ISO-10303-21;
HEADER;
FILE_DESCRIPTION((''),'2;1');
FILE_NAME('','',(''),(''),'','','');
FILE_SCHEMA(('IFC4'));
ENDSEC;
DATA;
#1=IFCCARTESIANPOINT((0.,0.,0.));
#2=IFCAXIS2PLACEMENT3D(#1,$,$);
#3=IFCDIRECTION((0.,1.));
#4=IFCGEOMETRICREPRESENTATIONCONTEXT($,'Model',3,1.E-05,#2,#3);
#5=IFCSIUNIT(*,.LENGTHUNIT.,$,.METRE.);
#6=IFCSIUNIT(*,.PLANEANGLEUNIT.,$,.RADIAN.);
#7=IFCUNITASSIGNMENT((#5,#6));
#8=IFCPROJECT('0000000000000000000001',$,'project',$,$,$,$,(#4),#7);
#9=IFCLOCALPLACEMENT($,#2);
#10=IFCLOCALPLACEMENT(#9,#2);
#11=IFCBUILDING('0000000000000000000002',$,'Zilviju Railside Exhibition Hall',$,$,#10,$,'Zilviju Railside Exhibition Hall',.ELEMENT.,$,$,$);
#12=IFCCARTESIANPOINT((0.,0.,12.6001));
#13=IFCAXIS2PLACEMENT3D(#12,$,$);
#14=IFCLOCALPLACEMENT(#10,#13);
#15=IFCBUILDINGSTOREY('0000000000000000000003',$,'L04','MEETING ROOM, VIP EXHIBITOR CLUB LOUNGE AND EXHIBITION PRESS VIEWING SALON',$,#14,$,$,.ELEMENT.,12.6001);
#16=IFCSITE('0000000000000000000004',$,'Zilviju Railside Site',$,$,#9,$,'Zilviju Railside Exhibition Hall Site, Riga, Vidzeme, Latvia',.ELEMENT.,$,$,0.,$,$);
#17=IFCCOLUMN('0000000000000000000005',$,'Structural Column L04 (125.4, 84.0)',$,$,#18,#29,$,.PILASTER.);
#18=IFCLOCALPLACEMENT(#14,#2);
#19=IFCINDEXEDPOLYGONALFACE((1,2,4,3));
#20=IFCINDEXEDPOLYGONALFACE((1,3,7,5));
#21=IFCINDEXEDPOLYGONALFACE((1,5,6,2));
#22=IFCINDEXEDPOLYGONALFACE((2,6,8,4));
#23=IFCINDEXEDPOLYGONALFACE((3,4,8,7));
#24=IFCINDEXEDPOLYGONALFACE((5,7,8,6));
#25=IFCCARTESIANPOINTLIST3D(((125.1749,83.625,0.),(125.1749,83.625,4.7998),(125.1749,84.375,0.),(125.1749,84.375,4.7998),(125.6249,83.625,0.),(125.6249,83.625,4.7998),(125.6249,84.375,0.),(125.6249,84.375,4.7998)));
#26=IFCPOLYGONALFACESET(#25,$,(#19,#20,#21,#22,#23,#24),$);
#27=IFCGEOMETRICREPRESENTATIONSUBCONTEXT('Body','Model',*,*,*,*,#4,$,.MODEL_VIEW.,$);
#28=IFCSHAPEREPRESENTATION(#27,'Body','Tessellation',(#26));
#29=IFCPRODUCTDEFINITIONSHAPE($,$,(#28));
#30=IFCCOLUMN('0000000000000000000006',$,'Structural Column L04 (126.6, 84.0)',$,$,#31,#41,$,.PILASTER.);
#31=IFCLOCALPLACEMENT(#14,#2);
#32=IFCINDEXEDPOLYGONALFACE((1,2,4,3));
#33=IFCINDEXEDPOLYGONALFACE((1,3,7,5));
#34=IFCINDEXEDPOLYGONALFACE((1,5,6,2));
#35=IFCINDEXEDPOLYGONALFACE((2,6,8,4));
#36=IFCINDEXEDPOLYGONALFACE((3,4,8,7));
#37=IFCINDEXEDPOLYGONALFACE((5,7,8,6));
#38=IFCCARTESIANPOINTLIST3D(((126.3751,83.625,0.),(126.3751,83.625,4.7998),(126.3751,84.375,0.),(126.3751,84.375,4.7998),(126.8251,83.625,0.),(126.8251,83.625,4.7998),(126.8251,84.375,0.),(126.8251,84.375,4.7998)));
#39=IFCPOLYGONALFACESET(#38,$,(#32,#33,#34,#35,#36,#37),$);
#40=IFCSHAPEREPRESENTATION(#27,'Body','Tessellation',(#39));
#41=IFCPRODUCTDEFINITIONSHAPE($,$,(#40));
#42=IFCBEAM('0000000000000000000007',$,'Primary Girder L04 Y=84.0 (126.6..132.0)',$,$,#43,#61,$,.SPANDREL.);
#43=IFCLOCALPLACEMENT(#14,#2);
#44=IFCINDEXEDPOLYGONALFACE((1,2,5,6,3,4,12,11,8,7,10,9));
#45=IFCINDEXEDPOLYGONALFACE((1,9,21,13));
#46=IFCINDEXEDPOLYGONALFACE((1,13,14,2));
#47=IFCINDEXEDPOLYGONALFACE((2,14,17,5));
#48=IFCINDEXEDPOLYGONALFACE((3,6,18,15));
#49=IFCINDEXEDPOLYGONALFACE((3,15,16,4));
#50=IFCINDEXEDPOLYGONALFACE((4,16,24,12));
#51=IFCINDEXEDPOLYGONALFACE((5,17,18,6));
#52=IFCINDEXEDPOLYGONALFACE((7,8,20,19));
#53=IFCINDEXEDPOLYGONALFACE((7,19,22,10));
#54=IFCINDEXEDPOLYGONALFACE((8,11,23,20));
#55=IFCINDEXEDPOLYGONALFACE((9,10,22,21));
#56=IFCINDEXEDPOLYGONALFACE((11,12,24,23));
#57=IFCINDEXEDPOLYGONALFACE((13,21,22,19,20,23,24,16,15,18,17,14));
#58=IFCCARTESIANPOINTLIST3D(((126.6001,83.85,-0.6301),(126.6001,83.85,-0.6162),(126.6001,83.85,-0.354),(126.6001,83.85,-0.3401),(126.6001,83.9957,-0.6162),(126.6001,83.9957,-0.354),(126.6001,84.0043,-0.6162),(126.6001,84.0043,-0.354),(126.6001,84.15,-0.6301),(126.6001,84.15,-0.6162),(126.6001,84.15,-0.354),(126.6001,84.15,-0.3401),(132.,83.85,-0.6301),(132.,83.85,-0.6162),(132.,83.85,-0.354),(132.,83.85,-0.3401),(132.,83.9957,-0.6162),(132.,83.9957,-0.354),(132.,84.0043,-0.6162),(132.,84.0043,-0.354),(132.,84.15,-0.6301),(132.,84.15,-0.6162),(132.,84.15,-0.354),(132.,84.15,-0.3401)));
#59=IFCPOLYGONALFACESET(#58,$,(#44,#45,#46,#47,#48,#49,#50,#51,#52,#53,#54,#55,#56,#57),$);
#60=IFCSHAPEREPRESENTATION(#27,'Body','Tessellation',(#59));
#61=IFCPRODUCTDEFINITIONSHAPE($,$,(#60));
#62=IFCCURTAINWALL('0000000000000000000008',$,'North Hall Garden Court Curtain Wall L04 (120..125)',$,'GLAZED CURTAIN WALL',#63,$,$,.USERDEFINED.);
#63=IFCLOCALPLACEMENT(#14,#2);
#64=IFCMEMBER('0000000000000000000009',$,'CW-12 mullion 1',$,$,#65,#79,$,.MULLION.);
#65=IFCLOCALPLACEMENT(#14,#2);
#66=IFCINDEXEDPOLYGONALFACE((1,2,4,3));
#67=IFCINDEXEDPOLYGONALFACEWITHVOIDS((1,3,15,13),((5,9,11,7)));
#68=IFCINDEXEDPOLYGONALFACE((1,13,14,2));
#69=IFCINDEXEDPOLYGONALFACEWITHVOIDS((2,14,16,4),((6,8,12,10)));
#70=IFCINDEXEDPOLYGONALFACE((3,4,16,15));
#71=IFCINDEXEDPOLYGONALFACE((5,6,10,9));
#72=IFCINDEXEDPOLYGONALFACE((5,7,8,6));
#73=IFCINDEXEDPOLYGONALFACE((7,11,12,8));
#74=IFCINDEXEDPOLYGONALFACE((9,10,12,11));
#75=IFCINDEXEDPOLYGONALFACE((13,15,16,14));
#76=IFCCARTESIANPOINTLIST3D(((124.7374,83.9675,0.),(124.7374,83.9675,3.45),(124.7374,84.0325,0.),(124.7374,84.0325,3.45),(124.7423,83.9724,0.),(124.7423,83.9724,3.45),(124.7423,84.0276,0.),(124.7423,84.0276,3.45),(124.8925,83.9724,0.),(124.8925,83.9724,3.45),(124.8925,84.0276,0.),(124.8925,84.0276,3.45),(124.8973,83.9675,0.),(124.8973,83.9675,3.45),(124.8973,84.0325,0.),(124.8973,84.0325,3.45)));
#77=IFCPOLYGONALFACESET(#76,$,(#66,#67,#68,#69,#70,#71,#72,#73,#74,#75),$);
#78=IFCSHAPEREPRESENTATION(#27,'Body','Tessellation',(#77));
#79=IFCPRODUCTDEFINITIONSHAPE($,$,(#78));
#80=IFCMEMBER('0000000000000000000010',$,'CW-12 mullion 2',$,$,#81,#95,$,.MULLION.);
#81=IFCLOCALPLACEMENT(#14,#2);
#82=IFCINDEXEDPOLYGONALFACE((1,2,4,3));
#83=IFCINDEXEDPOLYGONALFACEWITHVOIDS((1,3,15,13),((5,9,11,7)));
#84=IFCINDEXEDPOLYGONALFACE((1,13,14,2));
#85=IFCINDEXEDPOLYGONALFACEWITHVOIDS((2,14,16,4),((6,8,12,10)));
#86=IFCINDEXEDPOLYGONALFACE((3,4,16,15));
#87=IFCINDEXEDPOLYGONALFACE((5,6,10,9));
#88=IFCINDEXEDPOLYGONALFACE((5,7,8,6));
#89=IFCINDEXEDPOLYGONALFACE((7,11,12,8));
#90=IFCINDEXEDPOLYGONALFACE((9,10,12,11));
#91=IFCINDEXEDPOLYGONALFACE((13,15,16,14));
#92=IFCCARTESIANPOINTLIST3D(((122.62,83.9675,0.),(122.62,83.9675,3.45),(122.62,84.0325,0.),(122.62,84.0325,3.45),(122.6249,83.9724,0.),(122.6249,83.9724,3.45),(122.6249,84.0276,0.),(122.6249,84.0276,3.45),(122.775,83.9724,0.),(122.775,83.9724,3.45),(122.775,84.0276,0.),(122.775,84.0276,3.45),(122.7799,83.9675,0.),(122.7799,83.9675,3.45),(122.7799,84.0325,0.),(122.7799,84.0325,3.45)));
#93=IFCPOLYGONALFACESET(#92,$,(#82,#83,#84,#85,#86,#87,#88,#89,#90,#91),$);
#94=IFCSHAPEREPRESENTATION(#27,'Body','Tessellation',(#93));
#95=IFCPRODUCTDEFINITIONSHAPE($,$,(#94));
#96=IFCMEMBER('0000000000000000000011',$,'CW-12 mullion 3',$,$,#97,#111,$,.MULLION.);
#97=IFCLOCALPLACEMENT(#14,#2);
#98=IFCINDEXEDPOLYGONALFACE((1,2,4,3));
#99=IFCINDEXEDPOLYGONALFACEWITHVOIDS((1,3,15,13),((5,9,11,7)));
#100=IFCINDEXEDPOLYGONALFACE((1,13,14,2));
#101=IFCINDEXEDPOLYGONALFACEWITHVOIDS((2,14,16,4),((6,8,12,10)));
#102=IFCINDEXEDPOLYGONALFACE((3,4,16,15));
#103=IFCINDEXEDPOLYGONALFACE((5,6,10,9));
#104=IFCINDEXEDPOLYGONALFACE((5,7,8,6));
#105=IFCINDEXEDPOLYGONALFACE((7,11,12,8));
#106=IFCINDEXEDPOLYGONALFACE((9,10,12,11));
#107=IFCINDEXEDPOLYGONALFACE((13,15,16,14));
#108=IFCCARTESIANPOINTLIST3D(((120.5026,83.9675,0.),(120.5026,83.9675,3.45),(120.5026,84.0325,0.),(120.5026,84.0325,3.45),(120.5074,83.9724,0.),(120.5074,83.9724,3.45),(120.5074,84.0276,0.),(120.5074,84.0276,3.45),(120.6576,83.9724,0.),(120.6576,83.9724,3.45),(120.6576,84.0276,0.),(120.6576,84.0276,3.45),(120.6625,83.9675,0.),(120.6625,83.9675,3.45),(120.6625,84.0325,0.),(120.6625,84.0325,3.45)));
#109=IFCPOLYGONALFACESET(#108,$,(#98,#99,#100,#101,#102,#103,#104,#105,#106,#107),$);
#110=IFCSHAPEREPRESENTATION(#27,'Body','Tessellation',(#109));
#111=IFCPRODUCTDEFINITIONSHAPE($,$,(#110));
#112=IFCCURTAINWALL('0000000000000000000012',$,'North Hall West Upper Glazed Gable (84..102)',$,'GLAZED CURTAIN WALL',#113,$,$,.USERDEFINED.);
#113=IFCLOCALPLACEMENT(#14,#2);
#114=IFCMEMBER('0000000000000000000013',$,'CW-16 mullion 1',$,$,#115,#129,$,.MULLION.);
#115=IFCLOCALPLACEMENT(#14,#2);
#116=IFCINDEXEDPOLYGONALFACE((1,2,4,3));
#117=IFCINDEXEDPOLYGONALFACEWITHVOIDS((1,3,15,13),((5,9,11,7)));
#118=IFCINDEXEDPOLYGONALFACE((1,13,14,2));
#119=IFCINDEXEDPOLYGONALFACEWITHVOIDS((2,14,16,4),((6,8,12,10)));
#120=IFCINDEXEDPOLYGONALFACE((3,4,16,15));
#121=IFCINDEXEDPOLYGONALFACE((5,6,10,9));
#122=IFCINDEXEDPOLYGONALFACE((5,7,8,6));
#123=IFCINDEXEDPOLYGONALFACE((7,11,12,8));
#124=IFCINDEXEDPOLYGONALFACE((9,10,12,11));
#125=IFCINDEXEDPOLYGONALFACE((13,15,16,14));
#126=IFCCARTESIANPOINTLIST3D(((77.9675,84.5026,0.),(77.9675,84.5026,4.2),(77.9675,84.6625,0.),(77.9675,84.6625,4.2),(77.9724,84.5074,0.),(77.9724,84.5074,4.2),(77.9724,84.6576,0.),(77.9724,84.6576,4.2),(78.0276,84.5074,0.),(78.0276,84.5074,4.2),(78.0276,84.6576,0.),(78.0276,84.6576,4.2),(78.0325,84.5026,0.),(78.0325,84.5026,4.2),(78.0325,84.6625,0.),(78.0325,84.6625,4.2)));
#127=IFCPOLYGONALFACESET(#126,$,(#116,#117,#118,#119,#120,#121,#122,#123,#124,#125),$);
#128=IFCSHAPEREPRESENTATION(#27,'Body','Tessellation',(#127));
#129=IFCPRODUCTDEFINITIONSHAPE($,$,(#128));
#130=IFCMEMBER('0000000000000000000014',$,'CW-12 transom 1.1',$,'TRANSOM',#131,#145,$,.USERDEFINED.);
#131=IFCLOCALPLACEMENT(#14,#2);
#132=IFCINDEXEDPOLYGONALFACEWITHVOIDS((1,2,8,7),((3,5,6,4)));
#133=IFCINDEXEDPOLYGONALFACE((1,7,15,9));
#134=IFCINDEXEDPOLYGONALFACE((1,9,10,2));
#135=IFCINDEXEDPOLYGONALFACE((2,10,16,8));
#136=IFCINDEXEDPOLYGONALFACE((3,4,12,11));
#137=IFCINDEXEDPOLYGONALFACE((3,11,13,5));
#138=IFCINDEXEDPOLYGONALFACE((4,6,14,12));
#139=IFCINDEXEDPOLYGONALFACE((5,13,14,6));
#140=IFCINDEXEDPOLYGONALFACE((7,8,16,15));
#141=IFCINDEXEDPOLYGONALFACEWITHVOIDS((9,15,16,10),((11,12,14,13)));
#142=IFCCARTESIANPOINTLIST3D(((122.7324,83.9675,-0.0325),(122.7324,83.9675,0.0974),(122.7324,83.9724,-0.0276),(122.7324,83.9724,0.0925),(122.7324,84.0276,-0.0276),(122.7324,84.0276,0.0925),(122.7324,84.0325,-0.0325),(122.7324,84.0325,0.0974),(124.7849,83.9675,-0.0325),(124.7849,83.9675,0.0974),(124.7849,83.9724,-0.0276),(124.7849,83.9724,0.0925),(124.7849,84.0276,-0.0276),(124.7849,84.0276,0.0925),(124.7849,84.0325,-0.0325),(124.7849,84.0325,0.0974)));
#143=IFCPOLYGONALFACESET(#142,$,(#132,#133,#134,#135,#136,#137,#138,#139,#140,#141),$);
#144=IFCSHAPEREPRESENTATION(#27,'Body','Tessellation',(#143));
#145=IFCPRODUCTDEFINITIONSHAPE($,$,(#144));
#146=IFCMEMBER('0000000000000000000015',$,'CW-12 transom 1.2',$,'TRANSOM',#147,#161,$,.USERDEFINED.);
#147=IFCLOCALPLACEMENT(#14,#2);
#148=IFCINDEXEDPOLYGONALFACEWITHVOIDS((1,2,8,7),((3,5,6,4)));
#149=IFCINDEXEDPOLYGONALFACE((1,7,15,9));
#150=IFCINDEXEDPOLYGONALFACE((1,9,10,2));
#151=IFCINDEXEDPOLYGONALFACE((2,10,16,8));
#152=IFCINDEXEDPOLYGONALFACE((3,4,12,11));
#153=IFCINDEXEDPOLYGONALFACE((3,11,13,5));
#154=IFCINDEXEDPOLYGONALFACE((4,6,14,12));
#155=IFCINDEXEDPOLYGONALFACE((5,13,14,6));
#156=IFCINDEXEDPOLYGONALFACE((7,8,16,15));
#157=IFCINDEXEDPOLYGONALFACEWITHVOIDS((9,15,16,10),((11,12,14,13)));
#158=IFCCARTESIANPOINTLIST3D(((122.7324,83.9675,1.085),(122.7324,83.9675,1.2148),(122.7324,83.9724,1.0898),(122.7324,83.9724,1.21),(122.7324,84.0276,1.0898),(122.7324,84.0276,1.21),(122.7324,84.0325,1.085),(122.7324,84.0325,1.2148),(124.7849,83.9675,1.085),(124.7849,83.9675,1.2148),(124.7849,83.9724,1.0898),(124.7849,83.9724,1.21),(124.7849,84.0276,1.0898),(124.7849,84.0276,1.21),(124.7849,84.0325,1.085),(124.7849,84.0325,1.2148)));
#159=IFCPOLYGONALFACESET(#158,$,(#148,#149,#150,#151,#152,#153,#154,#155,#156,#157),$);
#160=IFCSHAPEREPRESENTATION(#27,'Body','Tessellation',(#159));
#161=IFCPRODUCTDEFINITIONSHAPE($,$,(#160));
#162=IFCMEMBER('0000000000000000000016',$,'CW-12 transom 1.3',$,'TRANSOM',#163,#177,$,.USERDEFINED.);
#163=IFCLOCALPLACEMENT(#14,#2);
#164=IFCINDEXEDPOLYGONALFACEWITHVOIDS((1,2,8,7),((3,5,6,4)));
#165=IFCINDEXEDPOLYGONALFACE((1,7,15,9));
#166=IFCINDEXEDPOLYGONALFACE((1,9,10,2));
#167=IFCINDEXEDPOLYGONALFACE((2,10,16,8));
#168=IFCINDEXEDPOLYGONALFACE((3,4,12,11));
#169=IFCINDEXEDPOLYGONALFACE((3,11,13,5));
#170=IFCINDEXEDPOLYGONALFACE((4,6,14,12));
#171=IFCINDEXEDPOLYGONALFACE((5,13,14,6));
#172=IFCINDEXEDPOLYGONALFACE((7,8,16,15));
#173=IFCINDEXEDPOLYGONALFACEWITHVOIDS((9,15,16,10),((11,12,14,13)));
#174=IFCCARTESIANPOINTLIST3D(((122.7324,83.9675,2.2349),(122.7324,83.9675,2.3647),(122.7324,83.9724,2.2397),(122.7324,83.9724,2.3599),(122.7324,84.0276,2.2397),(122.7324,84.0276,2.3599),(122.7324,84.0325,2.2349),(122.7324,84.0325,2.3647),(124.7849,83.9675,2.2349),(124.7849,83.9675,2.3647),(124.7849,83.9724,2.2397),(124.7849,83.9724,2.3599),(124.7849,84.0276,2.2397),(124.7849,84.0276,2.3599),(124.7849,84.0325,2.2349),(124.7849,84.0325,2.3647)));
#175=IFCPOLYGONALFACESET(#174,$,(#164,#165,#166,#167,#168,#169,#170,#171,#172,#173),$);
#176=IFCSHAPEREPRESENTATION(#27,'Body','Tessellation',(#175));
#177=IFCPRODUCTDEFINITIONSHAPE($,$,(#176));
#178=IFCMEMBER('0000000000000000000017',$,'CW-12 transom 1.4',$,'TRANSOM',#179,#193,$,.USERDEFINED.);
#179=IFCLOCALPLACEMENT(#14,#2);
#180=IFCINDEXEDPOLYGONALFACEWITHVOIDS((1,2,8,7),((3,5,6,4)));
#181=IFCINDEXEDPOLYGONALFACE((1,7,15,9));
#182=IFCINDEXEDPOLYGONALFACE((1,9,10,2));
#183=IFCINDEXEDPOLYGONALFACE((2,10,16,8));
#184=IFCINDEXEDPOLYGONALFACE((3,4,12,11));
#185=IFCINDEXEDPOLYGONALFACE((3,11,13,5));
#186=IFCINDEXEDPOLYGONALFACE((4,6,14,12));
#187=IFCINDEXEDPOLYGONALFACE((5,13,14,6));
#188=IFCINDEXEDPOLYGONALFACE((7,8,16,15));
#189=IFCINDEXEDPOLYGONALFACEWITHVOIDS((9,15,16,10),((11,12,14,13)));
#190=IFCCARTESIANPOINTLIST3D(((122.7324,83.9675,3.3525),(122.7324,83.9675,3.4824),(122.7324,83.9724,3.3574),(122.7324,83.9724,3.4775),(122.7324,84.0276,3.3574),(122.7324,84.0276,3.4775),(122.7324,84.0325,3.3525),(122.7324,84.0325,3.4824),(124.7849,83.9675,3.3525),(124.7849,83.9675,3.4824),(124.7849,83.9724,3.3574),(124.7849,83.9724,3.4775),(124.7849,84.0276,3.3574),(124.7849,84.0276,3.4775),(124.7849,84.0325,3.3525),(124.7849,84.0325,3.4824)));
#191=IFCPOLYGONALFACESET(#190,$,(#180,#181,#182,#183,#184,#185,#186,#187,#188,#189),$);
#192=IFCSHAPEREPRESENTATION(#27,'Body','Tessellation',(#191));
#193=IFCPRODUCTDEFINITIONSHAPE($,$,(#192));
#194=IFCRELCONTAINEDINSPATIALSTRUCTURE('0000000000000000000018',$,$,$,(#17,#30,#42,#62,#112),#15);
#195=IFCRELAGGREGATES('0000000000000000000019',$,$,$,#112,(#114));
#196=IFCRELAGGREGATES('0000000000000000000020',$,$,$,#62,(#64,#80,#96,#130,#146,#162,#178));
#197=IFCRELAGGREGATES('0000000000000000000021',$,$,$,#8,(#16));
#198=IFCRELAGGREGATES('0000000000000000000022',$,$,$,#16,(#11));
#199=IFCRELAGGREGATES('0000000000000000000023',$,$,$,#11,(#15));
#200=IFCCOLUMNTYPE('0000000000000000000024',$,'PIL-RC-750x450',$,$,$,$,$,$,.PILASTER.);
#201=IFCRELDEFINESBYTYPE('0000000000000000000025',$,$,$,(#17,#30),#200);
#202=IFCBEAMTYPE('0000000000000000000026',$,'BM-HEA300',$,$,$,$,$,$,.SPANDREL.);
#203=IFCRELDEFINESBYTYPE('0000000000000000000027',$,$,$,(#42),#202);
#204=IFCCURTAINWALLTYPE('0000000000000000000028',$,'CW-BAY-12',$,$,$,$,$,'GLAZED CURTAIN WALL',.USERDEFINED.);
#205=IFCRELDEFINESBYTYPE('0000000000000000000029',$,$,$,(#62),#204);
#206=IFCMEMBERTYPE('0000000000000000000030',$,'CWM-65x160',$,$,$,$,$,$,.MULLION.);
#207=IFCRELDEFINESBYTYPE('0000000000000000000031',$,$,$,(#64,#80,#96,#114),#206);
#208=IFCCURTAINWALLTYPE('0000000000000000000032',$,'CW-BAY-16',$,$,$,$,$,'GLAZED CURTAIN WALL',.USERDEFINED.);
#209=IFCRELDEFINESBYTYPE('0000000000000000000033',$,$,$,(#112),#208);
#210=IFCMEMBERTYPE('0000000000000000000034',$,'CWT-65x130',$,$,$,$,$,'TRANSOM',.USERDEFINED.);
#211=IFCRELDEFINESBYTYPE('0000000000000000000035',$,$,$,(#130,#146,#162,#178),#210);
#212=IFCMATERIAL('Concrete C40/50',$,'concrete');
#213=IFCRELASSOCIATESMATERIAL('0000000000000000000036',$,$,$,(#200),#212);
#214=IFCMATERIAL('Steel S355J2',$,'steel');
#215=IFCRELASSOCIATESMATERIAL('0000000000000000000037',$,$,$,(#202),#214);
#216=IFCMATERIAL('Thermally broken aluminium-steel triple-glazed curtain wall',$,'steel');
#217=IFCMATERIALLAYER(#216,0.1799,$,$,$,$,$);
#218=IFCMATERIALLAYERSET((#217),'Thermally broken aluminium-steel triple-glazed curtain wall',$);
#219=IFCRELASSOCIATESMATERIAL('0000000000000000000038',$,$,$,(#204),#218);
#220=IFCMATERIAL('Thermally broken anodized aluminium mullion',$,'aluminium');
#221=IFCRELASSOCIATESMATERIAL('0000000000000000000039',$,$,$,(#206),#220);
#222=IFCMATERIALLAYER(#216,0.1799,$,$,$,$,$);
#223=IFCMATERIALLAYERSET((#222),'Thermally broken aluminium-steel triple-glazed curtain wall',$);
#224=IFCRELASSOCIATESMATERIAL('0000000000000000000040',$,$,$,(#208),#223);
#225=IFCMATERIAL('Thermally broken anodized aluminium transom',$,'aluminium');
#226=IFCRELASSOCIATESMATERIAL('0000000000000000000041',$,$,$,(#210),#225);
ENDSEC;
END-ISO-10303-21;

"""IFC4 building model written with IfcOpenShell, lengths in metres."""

from ifc_helpers import new_model, si_unit, direction, frame, origin, origin_2d, place, context, subcontext, project, spatial, rectangle, hollow_rectangle, i_section, extrude, material, layer, layer_set, material_profile, profile_set, type_object, element, aggregate, save


model = new_model("IFC4")

# Units and contexts
model_context = context("Model", 3, precision=1e-05, world=origin(), true_north=direction((0.0, 1.0)))
body_context = subcontext(model_context, "Body", "Model", "MODEL_VIEW")
ifc_project = project(units=[si_unit("LENGTHUNIT", "METRE"), si_unit("PLANEANGLEUNIT", "RADIAN")], contexts=[model_context])

# Site, building, storey
site_placement = place(None, origin())
site = spatial("IfcSite", under=ifc_project, at=site_placement, Name="Zilviju Railside Site", LongName="Zilviju Railside Exhibition Hall Site, Riga, Vidzeme, Latvia", CompositionType="ELEMENT", RefElevation=0.0)
building_placement = place(site_placement, origin())
building = spatial("IfcBuilding", under=site, at=building_placement, Name="Zilviju Railside Exhibition Hall", LongName="Zilviju Railside Exhibition Hall", CompositionType="ELEMENT")
storey_placement = place(building_placement, frame((0.0, 0.0, 12.6001)))
storey = spatial("IfcBuildingStorey", under=building, at=storey_placement, Name="L04", Description="MEETING ROOM, VIP EXHIBITOR CLUB LOUNGE AND EXHIBITION PRESS VIEWING SALON", CompositionType="ELEMENT", Elevation=12.6001)

# Columns
ifc_material_1 = material(Name="Concrete C40/50", Category="concrete")
ifc_material_profile_1 = material_profile(ifc_material_1, rectangle(XDim=0.45, YDim=0.75, at=origin_2d()), Name="RC COL 450x750")
ifc_profile_set_1 = profile_set([ifc_material_profile_1], Name="Concrete C40/50")
column_type = type_object("IfcColumnType", Name="PIL-RC-750x450", PredefinedType="PILASTER", material=ifc_profile_set_1)
for number, where, z_axis, x_axis, name in (
    (1, (125.3999, 84.0, 0.0), (0.0, 0.0, 1.0), (1.0, 0.0, 0.0), "Structural Column L04 (125.4, 84.0)"),
    (2, (126.6001, 84.0, 0.0), (0.0, 0.0, 1.0), (1.0, 0.0, 0.0), "Structural Column L04 (126.6, 84.0)"),
):
    element("IfcColumn", number, at=place(storey_placement, frame(where, z_axis=z_axis, x_axis=x_axis)), inside=storey, type_object=column_type, Name=name, PredefinedType="PILASTER", context=body_context, shape_type="SweptSolid", body=[
        extrude(rectangle(XDim=0.45, YDim=0.75, at=origin_2d()), origin(), (0.0, 0.0, 1.0), 4.7998),
    ])

# Beam
ifc_material_2 = material(Name="Steel S355J2", Category="steel")
ifc_material_profile_2 = material_profile(ifc_material_2, i_section(OverallWidth=0.3, OverallDepth=0.29, WebThickness=0.0085, FlangeThickness=0.0139, at=origin_2d()), Name="HEA 300")
ifc_profile_set_2 = profile_set([ifc_material_profile_2], Name="Steel S355J2")
beam_type = type_object("IfcBeamType", Name="BM-HEA300", PredefinedType="SPANDREL", material=ifc_profile_set_2)
beam_placement = place(storey_placement, frame((126.6001, 84.0, -0.4851), z_axis=(1.0, 0.0, 0.0), x_axis=(0.0, 1.0, 0.0)))
element("IfcBeam", 3, at=beam_placement, inside=storey, type_object=beam_type, Name="Primary Girder L04 Y=84.0 (126.6..132.0)", PredefinedType="SPANDREL", context=body_context, shape_type="SweptSolid", body=[
    extrude(i_section(OverallWidth=0.3, OverallDepth=0.29, WebThickness=0.0085, FlangeThickness=0.0139, at=origin_2d()), origin(), (0.0, 0.0, 1.0), 5.3999),
])

# Curtain wall, members
ifc_material_3 = material(Name="Thermally broken aluminium-steel triple-glazed curtain wall", Category="steel")
ifc_layer_1 = layer(ifc_material_3, 0.1799)
ifc_layer_set_1 = layer_set([ifc_layer_1], Name="Thermally broken aluminium-steel triple-glazed curtain wall")
curtain_wall_type_1 = type_object("IfcCurtainWallType", Name="CW-BAY-12", ElementType="GLAZED CURTAIN WALL", PredefinedType="USERDEFINED", material=ifc_layer_set_1)
curtain_wall_1_placement = place(storey_placement, origin())
curtain_wall_1 = element("IfcCurtainWall", 4, at=curtain_wall_1_placement, inside=storey, type_object=curtain_wall_type_1, Name="North Hall Garden Court Curtain Wall L04 (120..125)", ObjectType="GLAZED CURTAIN WALL", PredefinedType="USERDEFINED")
ifc_material_4 = material(Name="Thermally broken anodized aluminium mullion", Category="aluminium")
ifc_material_profile_3 = material_profile(ifc_material_4, hollow_rectangle(XDim=0.0649, YDim=0.1599, WallThickness=0.0049, at=origin_2d()), Name="MULLION 160x65x5")
ifc_profile_set_3 = profile_set([ifc_material_profile_3], Name="Thermally broken anodized aluminium mullion")
member_type_1 = type_object("IfcMemberType", Name="CWM-65x160", PredefinedType="MULLION", material=ifc_profile_set_3)
member_1_placement = place(storey_placement, frame((124.8174, 84.0, 0.0), z_axis=(0.0, 0.0, 1.0), x_axis=(0.0, -1.0, 0.0)))
member_1 = element("IfcMember", 5, at=member_1_placement, type_object=member_type_1, Name="CW-12 mullion 1", PredefinedType="MULLION", context=body_context, shape_type="SweptSolid", body=[
    extrude(hollow_rectangle(XDim=0.0649, YDim=0.1599, WallThickness=0.0049, at=origin_2d()), origin(), (0.0, 0.0, 1.0), 3.45),
])
member_2_placement = place(storey_placement, frame((122.7, 84.0, 0.0), z_axis=(0.0, 0.0, 1.0), x_axis=(0.0, -1.0, 0.0)))
member_2 = element("IfcMember", 6, at=member_2_placement, type_object=member_type_1, Name="CW-12 mullion 2", PredefinedType="MULLION", context=body_context, shape_type="SweptSolid", body=[
    extrude(hollow_rectangle(XDim=0.0649, YDim=0.1599, WallThickness=0.0049, at=origin_2d()), origin(), (0.0, 0.0, 1.0), 3.45),
])
member_3_placement = place(storey_placement, frame((120.5825, 84.0, 0.0), z_axis=(0.0, 0.0, 1.0), x_axis=(0.0, -1.0, 0.0)))
member_3 = element("IfcMember", 7, at=member_3_placement, type_object=member_type_1, Name="CW-12 mullion 3", PredefinedType="MULLION", context=body_context, shape_type="SweptSolid", body=[
    extrude(hollow_rectangle(XDim=0.0649, YDim=0.1599, WallThickness=0.0049, at=origin_2d()), origin(), (0.0, 0.0, 1.0), 3.45),
])

# Curtain wall, member
ifc_layer_2 = layer(ifc_material_3, 0.1799)
ifc_layer_set_2 = layer_set([ifc_layer_2], Name="Thermally broken aluminium-steel triple-glazed curtain wall")
curtain_wall_type_2 = type_object("IfcCurtainWallType", Name="CW-BAY-16", ElementType="GLAZED CURTAIN WALL", PredefinedType="USERDEFINED", material=ifc_layer_set_2)
curtain_wall_2_placement = place(storey_placement, origin())
curtain_wall_2 = element("IfcCurtainWall", 8, at=curtain_wall_2_placement, inside=storey, type_object=curtain_wall_type_2, Name="North Hall West Upper Glazed Gable (84..102)", ObjectType="GLAZED CURTAIN WALL", PredefinedType="USERDEFINED")
member_4_placement = place(storey_placement, frame((78.0, 84.5825, 0.0), z_axis=(0.0, 0.0, 1.0), x_axis=(-1.0, 0.0, 0.0)))
member_4 = element("IfcMember", 9, at=member_4_placement, type_object=member_type_1, Name="CW-16 mullion 1", PredefinedType="MULLION", context=body_context, shape_type="SweptSolid", body=[
    extrude(hollow_rectangle(XDim=0.0649, YDim=0.1599, WallThickness=0.0049, at=origin_2d()), origin(), (0.0, 0.0, 1.0), 4.2),
])

# Members
ifc_material_5 = material(Name="Thermally broken anodized aluminium transom", Category="aluminium")
ifc_material_profile_4 = material_profile(ifc_material_5, hollow_rectangle(XDim=0.0649, YDim=0.1299, WallThickness=0.0049, at=origin_2d()), Name="TRANSOM 130x65x5")
ifc_profile_set_4 = profile_set([ifc_material_profile_4], Name="Thermally broken anodized aluminium transom")
member_type_2 = type_object("IfcMemberType", Name="CWT-65x130", ElementType="TRANSOM", PredefinedType="USERDEFINED", material=ifc_profile_set_4)
member_5_placement = place(storey_placement, frame((124.7849, 84.0, 0.0325), z_axis=(-1.0, 0.0, 0.0), x_axis=(0.0, -1.0, 0.0)))
member_5 = element("IfcMember", 10, at=member_5_placement, type_object=member_type_2, Name="CW-12 transom 1.1", ObjectType="TRANSOM", PredefinedType="USERDEFINED", context=body_context, shape_type="SweptSolid", body=[
    extrude(hollow_rectangle(XDim=0.0649, YDim=0.1299, WallThickness=0.0049, at=origin_2d()), origin(), (0.0, 0.0, 1.0), 2.0525),
])
member_6_placement = place(storey_placement, frame((124.7849, 84.0, 1.1499), z_axis=(-1.0, 0.0, 0.0), x_axis=(0.0, -1.0, 0.0)))
member_6 = element("IfcMember", 11, at=member_6_placement, type_object=member_type_2, Name="CW-12 transom 1.2", ObjectType="TRANSOM", PredefinedType="USERDEFINED", context=body_context, shape_type="SweptSolid", body=[
    extrude(hollow_rectangle(XDim=0.0649, YDim=0.1299, WallThickness=0.0049, at=origin_2d()), origin(), (0.0, 0.0, 1.0), 2.0525),
])
member_7_placement = place(storey_placement, frame((124.7849, 84.0, 2.2998), z_axis=(-1.0, 0.0, 0.0), x_axis=(0.0, -1.0, 0.0)))
member_7 = element("IfcMember", 12, at=member_7_placement, type_object=member_type_2, Name="CW-12 transom 1.3", ObjectType="TRANSOM", PredefinedType="USERDEFINED", context=body_context, shape_type="SweptSolid", body=[
    extrude(hollow_rectangle(XDim=0.0649, YDim=0.1299, WallThickness=0.0049, at=origin_2d()), origin(), (0.0, 0.0, 1.0), 2.0525),
])
member_8_placement = place(storey_placement, frame((124.7849, 84.0, 3.4175), z_axis=(-1.0, 0.0, 0.0), x_axis=(0.0, -1.0, 0.0)))
member_8 = element("IfcMember", 13, at=member_8_placement, type_object=member_type_2, Name="CW-12 transom 1.4", ObjectType="TRANSOM", PredefinedType="USERDEFINED", context=body_context, shape_type="SweptSolid", body=[
    extrude(hollow_rectangle(XDim=0.0649, YDim=0.1299, WallThickness=0.0049, at=origin_2d()), origin(), (0.0, 0.0, 1.0), 2.0525),
])
aggregate(curtain_wall_2, [member_4])

aggregate(curtain_wall_1, [member_1, member_2, member_3, member_5, member_6, member_7, member_8])

save(model, "model.ifc")
